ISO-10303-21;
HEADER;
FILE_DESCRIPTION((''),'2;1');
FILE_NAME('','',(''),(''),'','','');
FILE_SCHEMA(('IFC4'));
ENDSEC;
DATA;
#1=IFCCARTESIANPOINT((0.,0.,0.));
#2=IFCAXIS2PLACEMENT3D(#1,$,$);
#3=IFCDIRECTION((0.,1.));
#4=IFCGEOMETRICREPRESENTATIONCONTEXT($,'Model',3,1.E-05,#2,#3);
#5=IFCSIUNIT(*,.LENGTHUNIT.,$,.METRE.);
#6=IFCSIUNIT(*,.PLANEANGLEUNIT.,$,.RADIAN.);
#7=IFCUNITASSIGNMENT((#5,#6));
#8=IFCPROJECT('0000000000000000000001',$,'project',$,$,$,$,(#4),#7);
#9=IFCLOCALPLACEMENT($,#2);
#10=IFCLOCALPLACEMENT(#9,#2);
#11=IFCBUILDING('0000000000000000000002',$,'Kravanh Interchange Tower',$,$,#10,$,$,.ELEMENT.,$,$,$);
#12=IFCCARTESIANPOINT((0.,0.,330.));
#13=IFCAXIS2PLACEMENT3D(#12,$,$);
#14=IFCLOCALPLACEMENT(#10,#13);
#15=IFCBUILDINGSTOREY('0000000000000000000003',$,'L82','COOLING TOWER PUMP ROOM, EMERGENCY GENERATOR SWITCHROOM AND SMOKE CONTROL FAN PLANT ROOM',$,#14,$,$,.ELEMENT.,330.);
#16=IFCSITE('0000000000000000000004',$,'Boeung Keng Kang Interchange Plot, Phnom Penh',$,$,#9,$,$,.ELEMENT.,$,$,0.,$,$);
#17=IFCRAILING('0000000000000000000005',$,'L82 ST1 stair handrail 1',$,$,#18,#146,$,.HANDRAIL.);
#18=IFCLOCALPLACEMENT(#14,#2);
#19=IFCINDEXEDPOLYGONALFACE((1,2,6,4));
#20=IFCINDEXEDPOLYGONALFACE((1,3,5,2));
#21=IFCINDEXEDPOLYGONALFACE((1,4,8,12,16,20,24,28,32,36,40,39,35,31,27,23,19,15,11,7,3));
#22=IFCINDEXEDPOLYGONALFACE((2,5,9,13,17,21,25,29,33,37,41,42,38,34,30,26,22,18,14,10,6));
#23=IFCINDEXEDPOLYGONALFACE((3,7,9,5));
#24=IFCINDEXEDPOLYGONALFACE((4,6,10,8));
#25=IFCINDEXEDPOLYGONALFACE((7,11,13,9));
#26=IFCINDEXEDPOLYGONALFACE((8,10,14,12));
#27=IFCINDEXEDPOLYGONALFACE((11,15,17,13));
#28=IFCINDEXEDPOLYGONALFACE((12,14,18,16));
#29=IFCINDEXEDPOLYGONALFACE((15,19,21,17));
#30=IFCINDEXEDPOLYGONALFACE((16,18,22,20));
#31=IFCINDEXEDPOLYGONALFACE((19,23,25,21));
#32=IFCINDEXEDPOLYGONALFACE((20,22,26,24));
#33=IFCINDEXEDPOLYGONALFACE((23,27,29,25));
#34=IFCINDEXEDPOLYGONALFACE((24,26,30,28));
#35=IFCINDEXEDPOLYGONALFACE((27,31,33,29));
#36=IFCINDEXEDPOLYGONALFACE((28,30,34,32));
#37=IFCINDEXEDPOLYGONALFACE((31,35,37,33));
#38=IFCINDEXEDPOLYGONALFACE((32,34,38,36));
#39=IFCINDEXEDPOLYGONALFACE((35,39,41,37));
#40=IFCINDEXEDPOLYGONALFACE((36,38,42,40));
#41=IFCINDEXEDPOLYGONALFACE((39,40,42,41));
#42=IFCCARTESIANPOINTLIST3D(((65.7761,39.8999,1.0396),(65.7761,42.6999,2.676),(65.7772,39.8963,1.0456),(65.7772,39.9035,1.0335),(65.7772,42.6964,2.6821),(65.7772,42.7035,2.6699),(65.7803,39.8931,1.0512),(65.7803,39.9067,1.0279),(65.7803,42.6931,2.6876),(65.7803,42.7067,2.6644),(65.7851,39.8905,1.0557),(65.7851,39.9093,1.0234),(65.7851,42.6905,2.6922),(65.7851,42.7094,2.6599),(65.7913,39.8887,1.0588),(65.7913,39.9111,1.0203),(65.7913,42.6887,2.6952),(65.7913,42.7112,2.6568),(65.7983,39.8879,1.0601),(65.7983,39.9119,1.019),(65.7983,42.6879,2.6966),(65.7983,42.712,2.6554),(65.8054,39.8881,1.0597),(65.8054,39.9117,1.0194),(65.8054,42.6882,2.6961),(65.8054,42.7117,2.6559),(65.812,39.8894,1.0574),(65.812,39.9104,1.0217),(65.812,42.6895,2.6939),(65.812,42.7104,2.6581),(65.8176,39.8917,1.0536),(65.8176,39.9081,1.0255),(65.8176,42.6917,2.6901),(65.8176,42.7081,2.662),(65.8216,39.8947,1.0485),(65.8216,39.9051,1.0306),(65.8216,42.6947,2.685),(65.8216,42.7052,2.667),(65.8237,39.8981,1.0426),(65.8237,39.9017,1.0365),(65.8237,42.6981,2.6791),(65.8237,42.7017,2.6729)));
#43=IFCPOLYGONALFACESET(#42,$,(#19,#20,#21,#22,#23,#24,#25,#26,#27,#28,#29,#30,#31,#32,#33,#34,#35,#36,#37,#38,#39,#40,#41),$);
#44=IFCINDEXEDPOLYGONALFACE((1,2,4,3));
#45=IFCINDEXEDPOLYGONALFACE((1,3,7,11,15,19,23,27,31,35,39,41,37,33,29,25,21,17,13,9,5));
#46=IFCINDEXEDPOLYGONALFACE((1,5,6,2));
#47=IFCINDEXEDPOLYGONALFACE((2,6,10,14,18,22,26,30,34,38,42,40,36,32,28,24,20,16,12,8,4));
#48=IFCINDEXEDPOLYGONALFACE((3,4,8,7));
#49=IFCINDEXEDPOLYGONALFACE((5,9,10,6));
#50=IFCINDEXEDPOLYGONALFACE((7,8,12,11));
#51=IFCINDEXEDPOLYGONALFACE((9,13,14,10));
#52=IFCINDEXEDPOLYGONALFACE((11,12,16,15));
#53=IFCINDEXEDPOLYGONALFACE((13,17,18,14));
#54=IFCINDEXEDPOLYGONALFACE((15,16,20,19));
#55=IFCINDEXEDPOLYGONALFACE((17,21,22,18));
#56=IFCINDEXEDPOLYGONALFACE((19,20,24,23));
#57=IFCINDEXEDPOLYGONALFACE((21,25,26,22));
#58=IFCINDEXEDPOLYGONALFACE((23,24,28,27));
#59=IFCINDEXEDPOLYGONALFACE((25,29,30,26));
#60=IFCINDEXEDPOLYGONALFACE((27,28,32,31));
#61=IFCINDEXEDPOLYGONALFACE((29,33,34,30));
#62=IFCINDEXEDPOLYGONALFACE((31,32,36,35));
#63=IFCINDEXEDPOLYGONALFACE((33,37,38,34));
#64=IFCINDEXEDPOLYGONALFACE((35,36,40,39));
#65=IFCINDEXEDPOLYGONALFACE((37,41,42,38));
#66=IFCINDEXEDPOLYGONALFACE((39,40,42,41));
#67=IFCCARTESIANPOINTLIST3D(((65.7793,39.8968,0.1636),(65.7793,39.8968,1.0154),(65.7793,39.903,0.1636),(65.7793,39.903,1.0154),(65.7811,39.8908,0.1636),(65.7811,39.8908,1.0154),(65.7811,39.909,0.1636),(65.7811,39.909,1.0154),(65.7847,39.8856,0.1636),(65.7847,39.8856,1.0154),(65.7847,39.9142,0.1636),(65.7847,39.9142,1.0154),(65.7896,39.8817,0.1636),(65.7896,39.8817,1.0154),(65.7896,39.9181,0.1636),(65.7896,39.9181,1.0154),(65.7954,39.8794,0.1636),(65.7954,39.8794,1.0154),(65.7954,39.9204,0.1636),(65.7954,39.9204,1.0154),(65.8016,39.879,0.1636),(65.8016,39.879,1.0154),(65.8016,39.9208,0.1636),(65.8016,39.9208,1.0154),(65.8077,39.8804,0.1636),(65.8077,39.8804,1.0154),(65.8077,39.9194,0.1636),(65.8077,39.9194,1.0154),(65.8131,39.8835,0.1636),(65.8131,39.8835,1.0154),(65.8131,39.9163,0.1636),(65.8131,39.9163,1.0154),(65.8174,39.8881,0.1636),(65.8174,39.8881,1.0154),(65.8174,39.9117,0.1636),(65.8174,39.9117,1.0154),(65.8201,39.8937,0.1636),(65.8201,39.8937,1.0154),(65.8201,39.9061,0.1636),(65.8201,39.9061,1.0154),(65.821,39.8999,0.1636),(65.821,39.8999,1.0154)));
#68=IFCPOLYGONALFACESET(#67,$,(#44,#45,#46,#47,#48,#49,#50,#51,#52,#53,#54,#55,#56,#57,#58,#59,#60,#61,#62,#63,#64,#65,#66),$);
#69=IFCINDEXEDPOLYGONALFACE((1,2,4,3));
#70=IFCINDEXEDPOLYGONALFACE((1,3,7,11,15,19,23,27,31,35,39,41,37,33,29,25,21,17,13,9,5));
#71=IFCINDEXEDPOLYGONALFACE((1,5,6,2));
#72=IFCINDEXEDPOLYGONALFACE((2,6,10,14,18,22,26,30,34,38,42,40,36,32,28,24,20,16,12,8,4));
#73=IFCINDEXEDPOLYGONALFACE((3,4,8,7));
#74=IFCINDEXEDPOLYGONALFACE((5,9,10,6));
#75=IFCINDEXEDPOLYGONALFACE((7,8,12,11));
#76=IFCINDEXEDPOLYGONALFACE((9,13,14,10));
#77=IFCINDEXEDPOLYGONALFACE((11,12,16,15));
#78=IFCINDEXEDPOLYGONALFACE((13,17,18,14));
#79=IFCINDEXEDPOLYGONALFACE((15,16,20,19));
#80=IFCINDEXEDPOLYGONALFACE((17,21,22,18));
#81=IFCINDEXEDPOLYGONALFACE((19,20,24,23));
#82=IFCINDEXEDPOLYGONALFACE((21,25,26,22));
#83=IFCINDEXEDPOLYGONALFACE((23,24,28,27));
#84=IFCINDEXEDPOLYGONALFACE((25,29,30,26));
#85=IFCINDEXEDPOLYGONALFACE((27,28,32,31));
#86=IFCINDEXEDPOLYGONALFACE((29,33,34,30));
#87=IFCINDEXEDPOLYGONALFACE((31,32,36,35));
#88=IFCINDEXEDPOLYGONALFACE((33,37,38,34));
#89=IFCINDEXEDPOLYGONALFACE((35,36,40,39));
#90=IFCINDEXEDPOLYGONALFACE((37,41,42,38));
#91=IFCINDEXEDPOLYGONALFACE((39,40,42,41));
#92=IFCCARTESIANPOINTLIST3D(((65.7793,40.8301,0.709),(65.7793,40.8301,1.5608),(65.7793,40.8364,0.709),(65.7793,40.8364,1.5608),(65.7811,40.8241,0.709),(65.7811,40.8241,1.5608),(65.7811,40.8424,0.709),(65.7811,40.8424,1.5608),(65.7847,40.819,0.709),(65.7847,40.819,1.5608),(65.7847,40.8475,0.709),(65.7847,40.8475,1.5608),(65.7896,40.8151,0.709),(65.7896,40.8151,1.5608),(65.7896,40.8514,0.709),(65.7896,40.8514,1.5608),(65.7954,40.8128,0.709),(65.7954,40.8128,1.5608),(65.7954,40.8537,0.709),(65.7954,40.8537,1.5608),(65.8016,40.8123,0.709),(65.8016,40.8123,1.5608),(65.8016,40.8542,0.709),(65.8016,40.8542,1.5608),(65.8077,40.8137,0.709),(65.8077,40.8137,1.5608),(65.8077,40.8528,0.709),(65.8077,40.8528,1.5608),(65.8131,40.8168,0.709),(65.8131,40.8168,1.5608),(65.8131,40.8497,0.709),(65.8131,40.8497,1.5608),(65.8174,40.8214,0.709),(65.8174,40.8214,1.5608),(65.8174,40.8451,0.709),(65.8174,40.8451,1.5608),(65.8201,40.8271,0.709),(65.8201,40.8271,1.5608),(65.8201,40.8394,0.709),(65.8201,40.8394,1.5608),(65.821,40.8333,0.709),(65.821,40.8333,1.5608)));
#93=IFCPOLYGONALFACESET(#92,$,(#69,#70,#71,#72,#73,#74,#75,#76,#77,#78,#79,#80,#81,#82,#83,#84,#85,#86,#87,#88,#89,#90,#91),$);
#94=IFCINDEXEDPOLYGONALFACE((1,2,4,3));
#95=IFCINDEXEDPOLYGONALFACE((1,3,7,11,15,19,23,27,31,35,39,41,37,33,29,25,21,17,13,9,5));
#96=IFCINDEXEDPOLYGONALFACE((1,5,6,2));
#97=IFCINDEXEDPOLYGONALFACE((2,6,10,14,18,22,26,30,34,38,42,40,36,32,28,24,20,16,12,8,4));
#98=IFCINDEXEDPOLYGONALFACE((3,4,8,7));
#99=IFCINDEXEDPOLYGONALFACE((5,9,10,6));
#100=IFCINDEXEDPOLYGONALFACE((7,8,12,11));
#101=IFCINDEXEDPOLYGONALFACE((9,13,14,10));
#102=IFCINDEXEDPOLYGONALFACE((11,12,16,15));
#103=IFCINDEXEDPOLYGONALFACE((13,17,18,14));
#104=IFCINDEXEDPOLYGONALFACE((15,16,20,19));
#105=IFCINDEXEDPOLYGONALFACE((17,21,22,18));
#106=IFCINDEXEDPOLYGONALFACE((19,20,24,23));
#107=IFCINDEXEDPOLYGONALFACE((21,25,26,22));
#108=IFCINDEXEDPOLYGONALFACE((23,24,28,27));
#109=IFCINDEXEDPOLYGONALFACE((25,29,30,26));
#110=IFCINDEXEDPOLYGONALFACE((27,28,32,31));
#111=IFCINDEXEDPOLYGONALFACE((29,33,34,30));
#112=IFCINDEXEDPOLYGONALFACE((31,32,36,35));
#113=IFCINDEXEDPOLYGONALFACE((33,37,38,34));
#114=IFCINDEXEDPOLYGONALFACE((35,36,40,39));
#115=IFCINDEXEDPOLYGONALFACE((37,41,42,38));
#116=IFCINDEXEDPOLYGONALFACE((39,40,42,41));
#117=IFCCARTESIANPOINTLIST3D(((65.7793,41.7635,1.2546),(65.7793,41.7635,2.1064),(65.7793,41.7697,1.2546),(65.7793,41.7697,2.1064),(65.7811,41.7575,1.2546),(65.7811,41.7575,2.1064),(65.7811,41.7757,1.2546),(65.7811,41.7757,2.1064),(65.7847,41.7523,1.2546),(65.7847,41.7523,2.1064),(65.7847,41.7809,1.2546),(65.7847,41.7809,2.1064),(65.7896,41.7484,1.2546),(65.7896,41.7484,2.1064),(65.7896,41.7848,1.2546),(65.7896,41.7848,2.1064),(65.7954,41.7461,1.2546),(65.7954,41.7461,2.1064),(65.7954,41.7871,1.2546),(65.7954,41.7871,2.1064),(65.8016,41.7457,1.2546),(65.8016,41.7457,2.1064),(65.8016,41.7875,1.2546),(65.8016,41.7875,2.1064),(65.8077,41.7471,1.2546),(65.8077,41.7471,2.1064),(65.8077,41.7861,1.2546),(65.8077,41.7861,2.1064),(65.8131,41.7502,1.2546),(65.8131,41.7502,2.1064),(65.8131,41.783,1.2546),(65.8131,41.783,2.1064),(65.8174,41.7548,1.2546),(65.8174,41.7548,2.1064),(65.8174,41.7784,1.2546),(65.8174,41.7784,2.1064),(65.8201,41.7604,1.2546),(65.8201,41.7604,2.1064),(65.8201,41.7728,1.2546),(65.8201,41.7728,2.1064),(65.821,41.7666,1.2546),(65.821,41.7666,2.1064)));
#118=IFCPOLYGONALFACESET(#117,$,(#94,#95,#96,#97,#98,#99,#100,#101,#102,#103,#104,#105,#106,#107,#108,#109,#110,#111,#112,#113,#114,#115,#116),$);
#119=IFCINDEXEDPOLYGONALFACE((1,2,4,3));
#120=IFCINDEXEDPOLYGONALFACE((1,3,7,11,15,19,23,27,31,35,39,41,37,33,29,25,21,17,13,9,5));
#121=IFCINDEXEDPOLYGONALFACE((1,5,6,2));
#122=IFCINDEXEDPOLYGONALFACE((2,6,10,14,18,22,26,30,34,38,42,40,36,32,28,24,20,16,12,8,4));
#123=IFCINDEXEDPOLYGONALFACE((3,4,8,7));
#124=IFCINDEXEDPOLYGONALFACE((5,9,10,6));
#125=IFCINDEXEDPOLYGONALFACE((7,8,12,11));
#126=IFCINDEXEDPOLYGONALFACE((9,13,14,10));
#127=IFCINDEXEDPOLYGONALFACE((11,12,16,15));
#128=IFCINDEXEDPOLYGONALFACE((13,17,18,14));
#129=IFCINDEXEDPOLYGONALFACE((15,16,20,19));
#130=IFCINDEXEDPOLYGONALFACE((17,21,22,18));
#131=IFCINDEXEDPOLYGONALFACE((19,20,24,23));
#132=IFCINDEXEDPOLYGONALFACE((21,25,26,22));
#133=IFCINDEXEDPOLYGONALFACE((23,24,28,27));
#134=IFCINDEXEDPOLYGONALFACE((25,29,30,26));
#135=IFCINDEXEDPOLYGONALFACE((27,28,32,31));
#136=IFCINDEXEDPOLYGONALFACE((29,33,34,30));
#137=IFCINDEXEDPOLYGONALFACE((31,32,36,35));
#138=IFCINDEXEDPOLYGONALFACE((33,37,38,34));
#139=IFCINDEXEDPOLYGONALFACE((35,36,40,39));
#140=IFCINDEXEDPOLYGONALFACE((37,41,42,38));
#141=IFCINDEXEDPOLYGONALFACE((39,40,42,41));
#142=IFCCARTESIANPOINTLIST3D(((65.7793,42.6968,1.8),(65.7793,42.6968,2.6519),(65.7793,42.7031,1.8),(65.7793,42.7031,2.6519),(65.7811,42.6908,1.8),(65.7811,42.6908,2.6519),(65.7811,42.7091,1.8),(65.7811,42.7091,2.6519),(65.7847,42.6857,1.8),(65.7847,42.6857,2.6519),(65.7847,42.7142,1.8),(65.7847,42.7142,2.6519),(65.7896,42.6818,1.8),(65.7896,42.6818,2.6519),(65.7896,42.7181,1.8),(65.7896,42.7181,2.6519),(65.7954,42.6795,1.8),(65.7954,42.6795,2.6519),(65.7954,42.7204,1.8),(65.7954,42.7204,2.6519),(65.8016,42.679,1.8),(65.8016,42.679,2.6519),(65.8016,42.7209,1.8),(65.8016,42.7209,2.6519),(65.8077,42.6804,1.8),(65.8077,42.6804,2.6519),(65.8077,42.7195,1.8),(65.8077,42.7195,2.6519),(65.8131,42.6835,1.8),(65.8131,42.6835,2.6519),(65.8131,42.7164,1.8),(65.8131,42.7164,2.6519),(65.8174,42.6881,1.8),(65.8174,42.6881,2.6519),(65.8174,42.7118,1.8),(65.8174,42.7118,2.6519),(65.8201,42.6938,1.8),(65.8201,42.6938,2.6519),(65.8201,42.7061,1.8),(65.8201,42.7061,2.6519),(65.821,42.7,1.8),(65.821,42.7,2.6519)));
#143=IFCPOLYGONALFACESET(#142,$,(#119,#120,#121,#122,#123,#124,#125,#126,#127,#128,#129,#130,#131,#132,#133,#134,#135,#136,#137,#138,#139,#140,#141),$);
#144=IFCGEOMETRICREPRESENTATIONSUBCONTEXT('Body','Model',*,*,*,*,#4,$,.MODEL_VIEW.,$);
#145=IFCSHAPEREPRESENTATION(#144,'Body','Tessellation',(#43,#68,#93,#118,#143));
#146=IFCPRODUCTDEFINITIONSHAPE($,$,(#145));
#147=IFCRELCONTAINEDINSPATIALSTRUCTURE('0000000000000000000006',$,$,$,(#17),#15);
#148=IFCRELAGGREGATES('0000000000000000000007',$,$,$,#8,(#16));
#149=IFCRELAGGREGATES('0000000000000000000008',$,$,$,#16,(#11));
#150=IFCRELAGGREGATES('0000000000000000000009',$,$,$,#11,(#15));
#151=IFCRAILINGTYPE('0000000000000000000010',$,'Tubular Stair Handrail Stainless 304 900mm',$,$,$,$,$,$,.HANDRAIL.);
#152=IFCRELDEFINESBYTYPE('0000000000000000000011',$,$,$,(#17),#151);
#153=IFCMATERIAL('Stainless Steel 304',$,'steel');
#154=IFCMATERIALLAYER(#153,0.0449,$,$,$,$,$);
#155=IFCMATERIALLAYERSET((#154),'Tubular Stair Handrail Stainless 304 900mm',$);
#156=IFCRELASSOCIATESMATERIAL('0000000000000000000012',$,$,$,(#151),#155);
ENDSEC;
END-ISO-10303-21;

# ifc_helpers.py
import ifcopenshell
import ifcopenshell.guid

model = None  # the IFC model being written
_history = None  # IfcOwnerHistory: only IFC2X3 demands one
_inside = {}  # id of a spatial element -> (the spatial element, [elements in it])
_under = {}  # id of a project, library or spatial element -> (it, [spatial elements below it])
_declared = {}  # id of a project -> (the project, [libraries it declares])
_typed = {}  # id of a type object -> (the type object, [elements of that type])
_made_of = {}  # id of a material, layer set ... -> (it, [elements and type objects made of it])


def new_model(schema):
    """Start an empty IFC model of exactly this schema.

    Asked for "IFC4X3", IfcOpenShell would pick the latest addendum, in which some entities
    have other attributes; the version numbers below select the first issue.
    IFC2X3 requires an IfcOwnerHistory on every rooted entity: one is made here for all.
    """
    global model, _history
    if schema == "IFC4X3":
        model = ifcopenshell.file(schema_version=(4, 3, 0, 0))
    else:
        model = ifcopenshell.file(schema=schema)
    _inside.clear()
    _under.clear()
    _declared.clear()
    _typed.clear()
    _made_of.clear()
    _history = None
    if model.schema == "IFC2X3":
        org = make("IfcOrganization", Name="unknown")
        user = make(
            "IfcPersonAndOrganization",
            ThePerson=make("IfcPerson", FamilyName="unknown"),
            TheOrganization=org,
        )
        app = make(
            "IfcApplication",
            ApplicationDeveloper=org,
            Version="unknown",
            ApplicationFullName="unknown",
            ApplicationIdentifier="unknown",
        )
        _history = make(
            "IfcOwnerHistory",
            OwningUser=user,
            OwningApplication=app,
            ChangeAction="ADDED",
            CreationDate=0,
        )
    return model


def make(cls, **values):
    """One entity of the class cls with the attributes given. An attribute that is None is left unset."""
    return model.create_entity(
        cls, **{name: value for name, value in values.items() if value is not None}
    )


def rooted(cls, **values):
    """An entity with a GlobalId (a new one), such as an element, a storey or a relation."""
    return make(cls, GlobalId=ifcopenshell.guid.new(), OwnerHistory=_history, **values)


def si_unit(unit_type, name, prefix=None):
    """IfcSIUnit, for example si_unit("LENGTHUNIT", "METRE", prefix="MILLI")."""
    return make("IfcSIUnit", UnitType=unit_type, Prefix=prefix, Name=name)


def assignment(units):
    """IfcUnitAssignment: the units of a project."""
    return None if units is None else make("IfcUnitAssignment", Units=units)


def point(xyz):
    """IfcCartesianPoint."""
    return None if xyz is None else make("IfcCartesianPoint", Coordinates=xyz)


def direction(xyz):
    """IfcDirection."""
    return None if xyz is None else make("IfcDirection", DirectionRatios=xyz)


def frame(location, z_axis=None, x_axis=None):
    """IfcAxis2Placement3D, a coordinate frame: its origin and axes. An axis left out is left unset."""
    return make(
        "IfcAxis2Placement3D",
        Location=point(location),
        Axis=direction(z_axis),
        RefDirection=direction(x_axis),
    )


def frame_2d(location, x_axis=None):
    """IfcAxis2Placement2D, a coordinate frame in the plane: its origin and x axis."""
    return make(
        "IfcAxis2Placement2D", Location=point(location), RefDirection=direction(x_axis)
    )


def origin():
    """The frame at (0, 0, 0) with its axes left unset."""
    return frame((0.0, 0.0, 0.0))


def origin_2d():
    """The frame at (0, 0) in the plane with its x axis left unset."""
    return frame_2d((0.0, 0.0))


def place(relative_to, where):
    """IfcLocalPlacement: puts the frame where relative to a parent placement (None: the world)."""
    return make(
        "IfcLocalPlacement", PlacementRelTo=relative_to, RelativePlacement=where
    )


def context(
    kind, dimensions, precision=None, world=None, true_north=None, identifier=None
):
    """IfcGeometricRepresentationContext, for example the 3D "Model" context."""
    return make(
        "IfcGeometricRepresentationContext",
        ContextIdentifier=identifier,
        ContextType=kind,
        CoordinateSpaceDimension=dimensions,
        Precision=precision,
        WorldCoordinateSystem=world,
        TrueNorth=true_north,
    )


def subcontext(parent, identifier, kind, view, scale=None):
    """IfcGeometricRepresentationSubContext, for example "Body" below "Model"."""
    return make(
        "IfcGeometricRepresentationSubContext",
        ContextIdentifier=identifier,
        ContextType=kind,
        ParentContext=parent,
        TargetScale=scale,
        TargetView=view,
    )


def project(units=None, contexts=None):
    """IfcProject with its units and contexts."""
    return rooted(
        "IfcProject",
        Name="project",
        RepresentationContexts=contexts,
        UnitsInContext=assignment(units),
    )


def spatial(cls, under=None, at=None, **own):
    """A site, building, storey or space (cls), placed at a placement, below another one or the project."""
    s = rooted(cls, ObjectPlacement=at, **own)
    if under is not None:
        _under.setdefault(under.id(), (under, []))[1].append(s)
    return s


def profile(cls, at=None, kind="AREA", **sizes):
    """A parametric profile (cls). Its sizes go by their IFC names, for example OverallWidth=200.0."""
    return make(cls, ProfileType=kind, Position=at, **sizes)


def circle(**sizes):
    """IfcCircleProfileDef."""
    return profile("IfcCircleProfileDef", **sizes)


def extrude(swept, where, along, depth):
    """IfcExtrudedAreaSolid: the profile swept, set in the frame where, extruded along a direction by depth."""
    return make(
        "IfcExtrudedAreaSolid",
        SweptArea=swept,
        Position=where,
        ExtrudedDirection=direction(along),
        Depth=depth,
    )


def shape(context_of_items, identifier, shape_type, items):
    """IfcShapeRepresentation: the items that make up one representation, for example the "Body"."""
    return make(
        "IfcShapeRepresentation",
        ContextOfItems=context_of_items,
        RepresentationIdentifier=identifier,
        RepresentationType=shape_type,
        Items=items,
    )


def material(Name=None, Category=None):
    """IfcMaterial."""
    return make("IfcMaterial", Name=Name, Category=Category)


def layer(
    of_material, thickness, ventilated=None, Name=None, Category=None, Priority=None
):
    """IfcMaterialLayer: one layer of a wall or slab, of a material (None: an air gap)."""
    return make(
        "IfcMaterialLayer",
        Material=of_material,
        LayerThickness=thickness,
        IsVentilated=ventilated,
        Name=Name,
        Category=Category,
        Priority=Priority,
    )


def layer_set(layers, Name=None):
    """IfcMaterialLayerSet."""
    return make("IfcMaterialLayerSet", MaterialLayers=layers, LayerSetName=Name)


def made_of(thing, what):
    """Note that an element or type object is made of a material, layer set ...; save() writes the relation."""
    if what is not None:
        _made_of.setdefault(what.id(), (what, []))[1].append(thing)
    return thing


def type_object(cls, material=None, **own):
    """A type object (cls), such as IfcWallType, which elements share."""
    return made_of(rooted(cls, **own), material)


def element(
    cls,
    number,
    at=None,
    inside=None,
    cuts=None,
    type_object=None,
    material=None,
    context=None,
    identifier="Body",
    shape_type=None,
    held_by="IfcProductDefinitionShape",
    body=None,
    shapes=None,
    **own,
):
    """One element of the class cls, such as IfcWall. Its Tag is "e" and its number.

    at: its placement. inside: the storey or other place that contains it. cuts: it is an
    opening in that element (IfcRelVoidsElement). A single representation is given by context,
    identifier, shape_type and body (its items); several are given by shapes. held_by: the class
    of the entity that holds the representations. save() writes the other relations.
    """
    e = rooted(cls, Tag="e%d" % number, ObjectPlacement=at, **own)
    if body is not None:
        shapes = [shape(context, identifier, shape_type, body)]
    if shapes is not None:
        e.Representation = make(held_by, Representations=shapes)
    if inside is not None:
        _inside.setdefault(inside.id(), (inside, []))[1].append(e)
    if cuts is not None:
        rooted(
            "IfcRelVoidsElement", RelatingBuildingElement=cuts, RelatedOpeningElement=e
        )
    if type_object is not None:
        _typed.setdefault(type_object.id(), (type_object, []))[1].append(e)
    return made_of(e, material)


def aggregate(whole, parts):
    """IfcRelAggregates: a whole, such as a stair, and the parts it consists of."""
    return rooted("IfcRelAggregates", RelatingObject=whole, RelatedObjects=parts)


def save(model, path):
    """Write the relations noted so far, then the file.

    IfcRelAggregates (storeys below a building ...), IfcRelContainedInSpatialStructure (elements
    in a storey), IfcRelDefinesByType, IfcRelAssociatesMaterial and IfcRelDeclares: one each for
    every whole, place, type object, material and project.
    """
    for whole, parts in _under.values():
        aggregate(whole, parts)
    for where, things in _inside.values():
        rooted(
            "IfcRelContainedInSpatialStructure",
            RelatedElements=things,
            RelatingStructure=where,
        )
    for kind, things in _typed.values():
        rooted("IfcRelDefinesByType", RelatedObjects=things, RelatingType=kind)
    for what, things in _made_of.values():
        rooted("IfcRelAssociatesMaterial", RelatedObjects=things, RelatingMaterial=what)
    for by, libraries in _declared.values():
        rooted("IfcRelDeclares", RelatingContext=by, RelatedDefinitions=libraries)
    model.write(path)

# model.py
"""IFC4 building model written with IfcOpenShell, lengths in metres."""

from ifc_helpers import new_model, si_unit, direction, frame, origin, origin_2d, place, context, subcontext, project, spatial, circle, extrude, material, layer, layer_set, type_object, element, save


model = new_model("IFC4")

# Units and contexts
model_context = context("Model", 3, precision=1e-05, world=origin(), true_north=direction((0.0, 1.0)))
body_context = subcontext(model_context, "Body", "Model", "MODEL_VIEW")
ifc_project = project(units=[si_unit("LENGTHUNIT", "METRE"), si_unit("PLANEANGLEUNIT", "RADIAN")], contexts=[model_context])

# Site, building, storey
site_placement = place(None, origin())
site = spatial("IfcSite", under=ifc_project, at=site_placement, Name="Boeung Keng Kang Interchange Plot, Phnom Penh", CompositionType="ELEMENT", RefElevation=0.0)
building_placement = place(site_placement, origin())
building = spatial("IfcBuilding", under=site, at=building_placement, Name="Kravanh Interchange Tower", CompositionType="ELEMENT")
storey_placement = place(building_placement, frame((0.0, 0.0, 330.0)))
storey = spatial("IfcBuildingStorey", under=building, at=storey_placement, Name="L82", Description="COOLING TOWER PUMP ROOM, EMERGENCY GENERATOR SWITCHROOM AND SMOKE CONTROL FAN PLANT ROOM", CompositionType="ELEMENT", Elevation=330.0)

# Railing
ifc_material_1 = material(Name="Stainless Steel 304", Category="steel")
ifc_layer_1 = layer(ifc_material_1, 0.0449)
ifc_layer_set_1 = layer_set([ifc_layer_1], Name="Tubular Stair Handrail Stainless 304 900mm")
railing_type_1 = type_object("IfcRailingType", Name="Tubular Stair Handrail Stainless 304 900mm", PredefinedType="HANDRAIL", material=ifc_layer_set_1)
railing_1_placement = place(storey_placement, frame((65.8, 39.8999, 0.1636)))
element("IfcRailing", 1, at=railing_1_placement, inside=storey, type_object=railing_type_1, Name="L82 ST1 stair handrail 1", PredefinedType="HANDRAIL", context=body_context, shape_type="SweptSolid", body=[
    extrude(circle(Radius=0.0239, at=origin_2d()), frame((0.0, 0.0, 0.876), z_axis=(0.0, 0.863361, 0.504587), x_axis=(-1.0, 0.0, 0.0)), (0.0, 0.0, 1.0), 3.2432),
    extrude(circle(Radius=0.021, at=origin_2d()), origin(), (0.0, 0.0, 1.0), 0.8518),
    extrude(circle(Radius=0.021, at=origin_2d()), frame((0.0, 0.9333, 0.5454)), (0.0, 0.0, 1.0), 0.8518),
    extrude(circle(Radius=0.021, at=origin_2d()), frame((0.0, 1.8667, 1.0911)), (0.0, 0.0, 1.0), 0.8518),
    extrude(circle(Radius=0.021, at=origin_2d()), frame((0.0, 2.8, 1.6365)), (0.0, 0.0, 1.0), 0.8518),
])

save(model, "model.ifc")
